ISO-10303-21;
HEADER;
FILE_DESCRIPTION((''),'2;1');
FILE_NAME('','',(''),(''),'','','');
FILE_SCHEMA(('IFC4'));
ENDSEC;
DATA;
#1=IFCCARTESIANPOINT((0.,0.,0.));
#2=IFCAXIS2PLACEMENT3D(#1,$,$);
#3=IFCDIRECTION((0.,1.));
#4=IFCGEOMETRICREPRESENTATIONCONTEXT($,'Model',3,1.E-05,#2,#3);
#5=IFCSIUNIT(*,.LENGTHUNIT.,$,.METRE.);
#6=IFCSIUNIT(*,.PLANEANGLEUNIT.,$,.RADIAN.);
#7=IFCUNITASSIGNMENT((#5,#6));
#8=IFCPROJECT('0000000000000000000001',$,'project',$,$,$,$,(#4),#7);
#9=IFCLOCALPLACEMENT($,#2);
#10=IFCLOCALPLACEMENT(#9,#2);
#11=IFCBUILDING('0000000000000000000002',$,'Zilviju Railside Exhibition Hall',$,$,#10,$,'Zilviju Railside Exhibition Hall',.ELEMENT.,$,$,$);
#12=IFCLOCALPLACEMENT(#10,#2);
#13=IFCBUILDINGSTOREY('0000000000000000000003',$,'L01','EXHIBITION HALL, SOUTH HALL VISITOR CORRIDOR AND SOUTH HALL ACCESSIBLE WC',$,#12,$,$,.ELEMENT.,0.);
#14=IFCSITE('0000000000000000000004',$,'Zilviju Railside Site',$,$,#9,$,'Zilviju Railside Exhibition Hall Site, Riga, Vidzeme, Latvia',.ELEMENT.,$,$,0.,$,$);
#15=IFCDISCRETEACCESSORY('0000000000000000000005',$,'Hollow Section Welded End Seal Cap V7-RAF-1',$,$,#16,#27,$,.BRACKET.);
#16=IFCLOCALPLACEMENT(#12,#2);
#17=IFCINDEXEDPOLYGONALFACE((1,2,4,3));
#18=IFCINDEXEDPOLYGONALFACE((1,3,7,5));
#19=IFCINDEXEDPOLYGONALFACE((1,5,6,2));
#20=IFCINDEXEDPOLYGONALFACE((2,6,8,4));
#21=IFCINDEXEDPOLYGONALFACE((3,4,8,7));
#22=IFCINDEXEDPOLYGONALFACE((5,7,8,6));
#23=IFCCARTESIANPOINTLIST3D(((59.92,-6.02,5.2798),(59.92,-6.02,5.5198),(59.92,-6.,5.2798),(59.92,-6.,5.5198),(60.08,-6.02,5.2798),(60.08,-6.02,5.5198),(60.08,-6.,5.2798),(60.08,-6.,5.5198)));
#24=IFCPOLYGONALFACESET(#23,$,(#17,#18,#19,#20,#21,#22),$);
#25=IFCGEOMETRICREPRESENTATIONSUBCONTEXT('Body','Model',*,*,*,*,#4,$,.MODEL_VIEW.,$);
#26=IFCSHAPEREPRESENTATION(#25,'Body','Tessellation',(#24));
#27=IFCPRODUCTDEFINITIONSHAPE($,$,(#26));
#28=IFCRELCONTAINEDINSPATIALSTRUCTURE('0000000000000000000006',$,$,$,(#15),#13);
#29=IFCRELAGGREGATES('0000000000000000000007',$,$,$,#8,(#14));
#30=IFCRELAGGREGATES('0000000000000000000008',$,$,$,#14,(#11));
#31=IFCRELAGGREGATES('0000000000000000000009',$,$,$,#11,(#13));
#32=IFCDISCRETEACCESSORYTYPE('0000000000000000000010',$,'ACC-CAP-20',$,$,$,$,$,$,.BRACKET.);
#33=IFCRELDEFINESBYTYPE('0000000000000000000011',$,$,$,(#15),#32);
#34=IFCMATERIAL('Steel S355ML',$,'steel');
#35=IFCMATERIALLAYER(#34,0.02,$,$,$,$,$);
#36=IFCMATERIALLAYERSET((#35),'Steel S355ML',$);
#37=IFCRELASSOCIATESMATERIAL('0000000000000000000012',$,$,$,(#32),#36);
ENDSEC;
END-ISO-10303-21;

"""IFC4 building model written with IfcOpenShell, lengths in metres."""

from ifc_helpers import new_model, si_unit, direction, frame, origin, origin_2d, place, context, subcontext, project, spatial, rectangle, extrude, material, layer, layer_set, type_object, element, save


model = new_model("IFC4")

# Units and contexts
model_context = context("Model", 3, precision=1e-05, world=origin(), true_north=direction((0.0, 1.0)))
body_context = subcontext(model_context, "Body", "Model", "MODEL_VIEW")
ifc_project = project(units=[si_unit("LENGTHUNIT", "METRE"), si_unit("PLANEANGLEUNIT", "RADIAN")], contexts=[model_context])

# Site, building, storey
site_placement = place(None, origin())
site = spatial("IfcSite", under=ifc_project, at=site_placement, Name="Zilviju Railside Site", LongName="Zilviju Railside Exhibition Hall Site, Riga, Vidzeme, Latvia", CompositionType="ELEMENT", RefElevation=0.0)
building_placement = place(site_placement, origin())
building = spatial("IfcBuilding", under=site, at=building_placement, Name="Zilviju Railside Exhibition Hall", LongName="Zilviju Railside Exhibition Hall", CompositionType="ELEMENT")
storey_placement = place(building_placement, origin())
storey = spatial("IfcBuildingStorey", under=building, at=storey_placement, Name="L01", Description="EXHIBITION HALL, SOUTH HALL VISITOR CORRIDOR AND SOUTH HALL ACCESSIBLE WC", CompositionType="ELEMENT", Elevation=0.0)

# Shared definitions
ifc_material_1 = material(Name="Steel S355ML", Category="steel")

# Discrete accessory
ifc_layer_1 = layer(ifc_material_1, 0.02)
ifc_layer_set_1 = layer_set([ifc_layer_1], Name="Steel S355ML")
discrete_accessory_type = type_object("IfcDiscreteAccessoryType", Name="ACC-CAP-20", PredefinedType="BRACKET", material=ifc_layer_set_1)
discrete_accessory_1_placement = place(storey_placement, frame((60.0, -6.01, 5.2798), z_axis=(0.0, 0.0, 1.0), x_axis=(1.0, 0.0, 0.0)))
element("IfcDiscreteAccessory", 1, at=discrete_accessory_1_placement, inside=storey, type_object=discrete_accessory_type, Name="Hollow Section Welded End Seal Cap V7-RAF-1", PredefinedType="BRACKET", context=body_context, shape_type="SweptSolid", body=[
    extrude(rectangle(XDim=0.1599, YDim=0.02, at=origin_2d()), origin(), (0.0, 0.0, 1.0), 0.24),
])

save(model, "model.ifc")
